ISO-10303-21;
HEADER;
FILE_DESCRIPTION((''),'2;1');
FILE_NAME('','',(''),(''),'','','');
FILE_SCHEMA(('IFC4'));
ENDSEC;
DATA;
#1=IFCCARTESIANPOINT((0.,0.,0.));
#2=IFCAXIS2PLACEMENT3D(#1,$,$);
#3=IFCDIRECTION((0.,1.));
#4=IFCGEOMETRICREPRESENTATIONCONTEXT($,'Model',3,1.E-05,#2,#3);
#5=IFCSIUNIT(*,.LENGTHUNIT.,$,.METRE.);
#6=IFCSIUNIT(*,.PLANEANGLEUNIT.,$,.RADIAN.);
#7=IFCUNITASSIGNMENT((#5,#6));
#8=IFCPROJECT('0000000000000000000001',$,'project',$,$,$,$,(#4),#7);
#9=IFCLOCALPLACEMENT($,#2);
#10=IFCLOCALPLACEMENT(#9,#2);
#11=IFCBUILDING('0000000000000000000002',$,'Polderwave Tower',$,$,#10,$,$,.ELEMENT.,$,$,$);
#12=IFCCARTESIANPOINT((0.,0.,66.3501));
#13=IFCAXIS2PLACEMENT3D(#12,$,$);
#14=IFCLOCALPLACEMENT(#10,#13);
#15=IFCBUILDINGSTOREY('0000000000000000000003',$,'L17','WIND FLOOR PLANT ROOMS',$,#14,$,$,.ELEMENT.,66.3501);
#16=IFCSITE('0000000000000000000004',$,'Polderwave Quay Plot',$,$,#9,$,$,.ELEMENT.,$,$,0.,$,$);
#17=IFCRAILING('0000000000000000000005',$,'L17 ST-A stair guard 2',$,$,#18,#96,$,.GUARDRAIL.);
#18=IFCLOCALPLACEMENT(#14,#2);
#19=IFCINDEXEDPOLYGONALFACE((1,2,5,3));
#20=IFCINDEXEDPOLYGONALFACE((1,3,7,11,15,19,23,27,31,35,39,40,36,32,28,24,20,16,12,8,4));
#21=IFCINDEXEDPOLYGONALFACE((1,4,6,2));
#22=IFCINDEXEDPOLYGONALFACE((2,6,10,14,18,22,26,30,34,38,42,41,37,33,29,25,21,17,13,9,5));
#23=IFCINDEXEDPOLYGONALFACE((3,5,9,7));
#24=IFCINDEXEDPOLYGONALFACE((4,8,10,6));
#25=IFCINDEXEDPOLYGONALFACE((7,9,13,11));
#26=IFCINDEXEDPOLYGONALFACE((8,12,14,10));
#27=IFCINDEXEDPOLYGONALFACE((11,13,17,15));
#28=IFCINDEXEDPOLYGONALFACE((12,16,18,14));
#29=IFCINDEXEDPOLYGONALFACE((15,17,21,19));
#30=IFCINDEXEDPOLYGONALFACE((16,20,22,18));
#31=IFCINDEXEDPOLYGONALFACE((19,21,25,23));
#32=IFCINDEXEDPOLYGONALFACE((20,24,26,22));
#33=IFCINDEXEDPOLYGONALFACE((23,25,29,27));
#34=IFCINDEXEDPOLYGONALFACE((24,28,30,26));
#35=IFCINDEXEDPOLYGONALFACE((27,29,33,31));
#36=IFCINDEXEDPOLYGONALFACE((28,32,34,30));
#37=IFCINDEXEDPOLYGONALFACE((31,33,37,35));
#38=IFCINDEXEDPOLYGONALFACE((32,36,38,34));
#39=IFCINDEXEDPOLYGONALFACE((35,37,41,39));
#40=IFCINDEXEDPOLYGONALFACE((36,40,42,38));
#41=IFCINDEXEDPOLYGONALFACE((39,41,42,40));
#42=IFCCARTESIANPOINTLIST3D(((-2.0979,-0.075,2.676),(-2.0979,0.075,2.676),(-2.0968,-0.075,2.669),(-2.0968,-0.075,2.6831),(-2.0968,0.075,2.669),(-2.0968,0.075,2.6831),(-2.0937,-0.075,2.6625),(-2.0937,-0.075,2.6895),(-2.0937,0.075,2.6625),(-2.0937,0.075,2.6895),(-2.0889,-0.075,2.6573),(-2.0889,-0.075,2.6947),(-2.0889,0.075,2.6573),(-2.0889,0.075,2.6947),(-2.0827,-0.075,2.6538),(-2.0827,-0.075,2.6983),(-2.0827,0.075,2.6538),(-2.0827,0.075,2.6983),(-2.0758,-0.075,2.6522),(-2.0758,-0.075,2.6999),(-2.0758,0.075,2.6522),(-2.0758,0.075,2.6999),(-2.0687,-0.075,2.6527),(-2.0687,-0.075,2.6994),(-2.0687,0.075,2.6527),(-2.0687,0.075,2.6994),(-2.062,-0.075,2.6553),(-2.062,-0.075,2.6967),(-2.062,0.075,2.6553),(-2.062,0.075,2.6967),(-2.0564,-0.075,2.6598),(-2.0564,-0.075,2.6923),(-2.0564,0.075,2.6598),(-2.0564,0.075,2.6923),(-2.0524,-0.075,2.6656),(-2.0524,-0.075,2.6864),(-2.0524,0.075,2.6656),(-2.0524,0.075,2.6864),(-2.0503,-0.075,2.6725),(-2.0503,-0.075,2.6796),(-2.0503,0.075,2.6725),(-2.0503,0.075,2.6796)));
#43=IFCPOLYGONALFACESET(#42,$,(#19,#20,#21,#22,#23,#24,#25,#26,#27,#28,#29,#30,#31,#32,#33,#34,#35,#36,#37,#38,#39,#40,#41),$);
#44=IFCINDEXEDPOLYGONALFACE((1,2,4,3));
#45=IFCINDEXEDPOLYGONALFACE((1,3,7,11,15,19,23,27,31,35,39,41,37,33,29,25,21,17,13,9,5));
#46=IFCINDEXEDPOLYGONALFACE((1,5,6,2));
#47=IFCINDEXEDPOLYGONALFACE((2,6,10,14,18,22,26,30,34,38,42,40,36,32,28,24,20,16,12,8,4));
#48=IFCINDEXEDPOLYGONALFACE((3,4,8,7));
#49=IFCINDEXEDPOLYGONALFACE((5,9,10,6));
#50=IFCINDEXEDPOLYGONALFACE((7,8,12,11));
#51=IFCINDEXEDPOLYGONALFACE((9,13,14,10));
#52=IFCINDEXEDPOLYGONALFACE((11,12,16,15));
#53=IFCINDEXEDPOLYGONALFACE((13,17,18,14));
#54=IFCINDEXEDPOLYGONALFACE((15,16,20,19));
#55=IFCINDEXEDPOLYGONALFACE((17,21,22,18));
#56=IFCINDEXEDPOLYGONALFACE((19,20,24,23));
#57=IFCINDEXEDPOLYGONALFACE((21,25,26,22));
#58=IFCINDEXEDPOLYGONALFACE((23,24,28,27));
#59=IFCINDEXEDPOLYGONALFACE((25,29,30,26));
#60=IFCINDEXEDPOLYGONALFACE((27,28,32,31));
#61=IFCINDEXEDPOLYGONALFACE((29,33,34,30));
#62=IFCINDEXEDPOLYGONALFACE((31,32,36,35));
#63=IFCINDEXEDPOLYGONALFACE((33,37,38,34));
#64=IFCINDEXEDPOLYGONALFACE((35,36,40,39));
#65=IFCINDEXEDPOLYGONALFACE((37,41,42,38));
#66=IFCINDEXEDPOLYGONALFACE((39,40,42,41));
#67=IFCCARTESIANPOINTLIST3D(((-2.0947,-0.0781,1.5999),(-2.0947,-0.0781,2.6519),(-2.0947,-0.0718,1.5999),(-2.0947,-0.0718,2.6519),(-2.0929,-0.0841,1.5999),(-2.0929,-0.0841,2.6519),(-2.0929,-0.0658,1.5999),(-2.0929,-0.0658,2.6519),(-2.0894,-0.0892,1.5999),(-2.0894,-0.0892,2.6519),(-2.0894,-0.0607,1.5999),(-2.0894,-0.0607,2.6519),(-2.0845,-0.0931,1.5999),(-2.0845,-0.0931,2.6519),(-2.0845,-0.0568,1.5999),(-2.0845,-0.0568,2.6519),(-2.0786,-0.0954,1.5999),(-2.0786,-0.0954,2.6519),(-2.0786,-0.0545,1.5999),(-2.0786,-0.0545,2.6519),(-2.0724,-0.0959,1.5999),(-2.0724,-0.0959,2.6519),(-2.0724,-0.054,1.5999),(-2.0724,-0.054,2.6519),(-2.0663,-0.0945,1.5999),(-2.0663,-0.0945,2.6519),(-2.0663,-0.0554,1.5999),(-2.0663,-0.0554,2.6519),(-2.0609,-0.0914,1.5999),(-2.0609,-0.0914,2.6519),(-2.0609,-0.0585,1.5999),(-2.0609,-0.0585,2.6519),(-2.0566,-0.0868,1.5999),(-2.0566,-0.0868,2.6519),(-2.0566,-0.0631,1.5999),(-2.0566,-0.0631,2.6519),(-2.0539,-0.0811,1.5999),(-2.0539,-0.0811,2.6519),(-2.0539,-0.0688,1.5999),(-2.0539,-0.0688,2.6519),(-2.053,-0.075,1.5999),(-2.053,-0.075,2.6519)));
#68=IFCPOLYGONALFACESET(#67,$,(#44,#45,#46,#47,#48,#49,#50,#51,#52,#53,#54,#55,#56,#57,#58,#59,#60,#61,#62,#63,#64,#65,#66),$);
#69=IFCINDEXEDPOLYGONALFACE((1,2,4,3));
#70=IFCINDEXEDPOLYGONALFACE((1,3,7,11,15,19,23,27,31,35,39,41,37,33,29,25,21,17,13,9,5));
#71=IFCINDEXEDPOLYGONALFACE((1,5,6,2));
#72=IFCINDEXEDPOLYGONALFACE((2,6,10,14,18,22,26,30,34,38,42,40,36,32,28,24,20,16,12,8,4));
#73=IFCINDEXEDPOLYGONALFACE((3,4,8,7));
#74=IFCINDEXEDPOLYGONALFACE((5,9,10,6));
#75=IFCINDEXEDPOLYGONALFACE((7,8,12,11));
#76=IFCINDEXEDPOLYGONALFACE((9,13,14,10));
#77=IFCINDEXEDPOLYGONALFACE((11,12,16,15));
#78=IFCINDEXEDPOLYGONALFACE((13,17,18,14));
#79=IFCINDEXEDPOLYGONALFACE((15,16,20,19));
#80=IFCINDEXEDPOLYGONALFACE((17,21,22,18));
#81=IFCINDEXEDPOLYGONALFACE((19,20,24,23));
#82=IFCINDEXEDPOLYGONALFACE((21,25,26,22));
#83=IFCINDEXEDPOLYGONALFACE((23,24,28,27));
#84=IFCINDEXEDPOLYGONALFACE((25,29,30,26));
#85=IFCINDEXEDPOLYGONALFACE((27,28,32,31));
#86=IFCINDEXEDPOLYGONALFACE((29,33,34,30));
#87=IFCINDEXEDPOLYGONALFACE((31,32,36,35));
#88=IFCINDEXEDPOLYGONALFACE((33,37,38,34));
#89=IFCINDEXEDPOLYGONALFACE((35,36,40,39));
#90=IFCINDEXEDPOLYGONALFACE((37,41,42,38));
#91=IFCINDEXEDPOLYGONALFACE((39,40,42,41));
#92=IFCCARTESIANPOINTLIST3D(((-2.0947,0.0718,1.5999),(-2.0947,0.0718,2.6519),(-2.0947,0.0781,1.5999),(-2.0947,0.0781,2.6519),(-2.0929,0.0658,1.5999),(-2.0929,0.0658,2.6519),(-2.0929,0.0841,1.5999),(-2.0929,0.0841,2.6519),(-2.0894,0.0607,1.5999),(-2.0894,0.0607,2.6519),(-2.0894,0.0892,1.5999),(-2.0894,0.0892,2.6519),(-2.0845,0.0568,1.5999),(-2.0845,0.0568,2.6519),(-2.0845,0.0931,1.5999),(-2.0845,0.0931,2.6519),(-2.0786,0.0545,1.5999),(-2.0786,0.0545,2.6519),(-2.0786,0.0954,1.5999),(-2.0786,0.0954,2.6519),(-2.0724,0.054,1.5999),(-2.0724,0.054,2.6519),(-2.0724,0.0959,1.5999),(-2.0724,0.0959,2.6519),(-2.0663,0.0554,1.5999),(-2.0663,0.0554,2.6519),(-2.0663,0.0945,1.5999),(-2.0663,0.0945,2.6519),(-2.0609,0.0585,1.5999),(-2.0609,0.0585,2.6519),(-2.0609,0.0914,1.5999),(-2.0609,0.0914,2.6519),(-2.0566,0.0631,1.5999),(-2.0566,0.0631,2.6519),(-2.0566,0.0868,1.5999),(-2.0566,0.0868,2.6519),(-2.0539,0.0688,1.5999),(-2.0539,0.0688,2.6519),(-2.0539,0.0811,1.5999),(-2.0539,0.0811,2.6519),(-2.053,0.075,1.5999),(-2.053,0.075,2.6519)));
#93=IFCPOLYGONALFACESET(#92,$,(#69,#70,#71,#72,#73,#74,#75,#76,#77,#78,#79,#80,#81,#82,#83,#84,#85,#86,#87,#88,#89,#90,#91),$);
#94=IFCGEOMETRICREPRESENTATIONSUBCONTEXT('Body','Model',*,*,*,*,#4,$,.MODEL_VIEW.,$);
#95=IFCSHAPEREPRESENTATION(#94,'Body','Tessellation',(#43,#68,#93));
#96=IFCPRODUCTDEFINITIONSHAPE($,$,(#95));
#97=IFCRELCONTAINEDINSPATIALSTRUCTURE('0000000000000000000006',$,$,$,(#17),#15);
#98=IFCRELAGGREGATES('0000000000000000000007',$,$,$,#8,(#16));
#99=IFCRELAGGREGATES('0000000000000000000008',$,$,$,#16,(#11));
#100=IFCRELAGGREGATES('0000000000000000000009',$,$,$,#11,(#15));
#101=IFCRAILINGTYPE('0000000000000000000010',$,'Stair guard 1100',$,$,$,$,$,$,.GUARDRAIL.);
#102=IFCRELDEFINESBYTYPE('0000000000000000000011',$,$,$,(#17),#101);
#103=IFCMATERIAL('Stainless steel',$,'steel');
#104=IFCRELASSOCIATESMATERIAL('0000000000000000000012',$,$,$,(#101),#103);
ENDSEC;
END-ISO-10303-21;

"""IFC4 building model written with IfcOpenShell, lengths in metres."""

from ifc_helpers import new_model, si_unit, direction, frame, origin, origin_2d, place, context, subcontext, project, spatial, circle, extrude, material, type_object, element, save


model = new_model("IFC4")

# Units and contexts
model_context = context("Model", 3, precision=1e-05, world=origin(), true_north=direction((0.0, 1.0)))
body_context = subcontext(model_context, "Body", "Model", "MODEL_VIEW")
ifc_project = project(units=[si_unit("LENGTHUNIT", "METRE"), si_unit("PLANEANGLEUNIT", "RADIAN")], contexts=[model_context])

# Site, building, storey
site_placement = place(None, origin())
site = spatial("IfcSite", under=ifc_project, at=site_placement, Name="Polderwave Quay Plot", CompositionType="ELEMENT", RefElevation=0.0)
building_placement = place(site_placement, origin())
building = spatial("IfcBuilding", under=site, at=building_placement, Name="Polderwave Tower", CompositionType="ELEMENT")
storey_placement = place(building_placement, frame((0.0, 0.0, 66.3501)))
storey = spatial("IfcBuildingStorey", under=building, at=storey_placement, Name="L17", Description="WIND FLOOR PLANT ROOMS", CompositionType="ELEMENT", Elevation=66.3501)

# Railing
ifc_material_1 = material(Name="Stainless steel", Category="steel")
railing_type_1 = type_object("IfcRailingType", Name="Stair guard 1100", PredefinedType="GUARDRAIL", material=ifc_material_1)
railing_1_placement = place(storey_placement, frame((-2.074, -0.075, 1.5999)))
element("IfcRailing", 1, at=railing_1_placement, inside=storey, type_object=railing_type_1, Name="L17 ST-A stair guard 2", PredefinedType="GUARDRAIL", context=body_context, shape_type="SweptSolid", body=[
    extrude(circle(Radius=0.0239, at=origin_2d()), frame((0.0, 0.0, 1.0762), z_axis=(0.0, 1.0, 0.0), x_axis=(-1.0, 0.0, 0.0)), (0.0, 0.0, 1.0), 0.1499),
    extrude(circle(Radius=0.021, at=origin_2d()), origin(), (0.0, 0.0, 1.0), 1.052),
    extrude(circle(Radius=0.021, at=origin_2d()), frame((0.0, 0.1499, 0.0)), (0.0, 0.0, 1.0), 1.052),
])

save(model, "model.ifc")
